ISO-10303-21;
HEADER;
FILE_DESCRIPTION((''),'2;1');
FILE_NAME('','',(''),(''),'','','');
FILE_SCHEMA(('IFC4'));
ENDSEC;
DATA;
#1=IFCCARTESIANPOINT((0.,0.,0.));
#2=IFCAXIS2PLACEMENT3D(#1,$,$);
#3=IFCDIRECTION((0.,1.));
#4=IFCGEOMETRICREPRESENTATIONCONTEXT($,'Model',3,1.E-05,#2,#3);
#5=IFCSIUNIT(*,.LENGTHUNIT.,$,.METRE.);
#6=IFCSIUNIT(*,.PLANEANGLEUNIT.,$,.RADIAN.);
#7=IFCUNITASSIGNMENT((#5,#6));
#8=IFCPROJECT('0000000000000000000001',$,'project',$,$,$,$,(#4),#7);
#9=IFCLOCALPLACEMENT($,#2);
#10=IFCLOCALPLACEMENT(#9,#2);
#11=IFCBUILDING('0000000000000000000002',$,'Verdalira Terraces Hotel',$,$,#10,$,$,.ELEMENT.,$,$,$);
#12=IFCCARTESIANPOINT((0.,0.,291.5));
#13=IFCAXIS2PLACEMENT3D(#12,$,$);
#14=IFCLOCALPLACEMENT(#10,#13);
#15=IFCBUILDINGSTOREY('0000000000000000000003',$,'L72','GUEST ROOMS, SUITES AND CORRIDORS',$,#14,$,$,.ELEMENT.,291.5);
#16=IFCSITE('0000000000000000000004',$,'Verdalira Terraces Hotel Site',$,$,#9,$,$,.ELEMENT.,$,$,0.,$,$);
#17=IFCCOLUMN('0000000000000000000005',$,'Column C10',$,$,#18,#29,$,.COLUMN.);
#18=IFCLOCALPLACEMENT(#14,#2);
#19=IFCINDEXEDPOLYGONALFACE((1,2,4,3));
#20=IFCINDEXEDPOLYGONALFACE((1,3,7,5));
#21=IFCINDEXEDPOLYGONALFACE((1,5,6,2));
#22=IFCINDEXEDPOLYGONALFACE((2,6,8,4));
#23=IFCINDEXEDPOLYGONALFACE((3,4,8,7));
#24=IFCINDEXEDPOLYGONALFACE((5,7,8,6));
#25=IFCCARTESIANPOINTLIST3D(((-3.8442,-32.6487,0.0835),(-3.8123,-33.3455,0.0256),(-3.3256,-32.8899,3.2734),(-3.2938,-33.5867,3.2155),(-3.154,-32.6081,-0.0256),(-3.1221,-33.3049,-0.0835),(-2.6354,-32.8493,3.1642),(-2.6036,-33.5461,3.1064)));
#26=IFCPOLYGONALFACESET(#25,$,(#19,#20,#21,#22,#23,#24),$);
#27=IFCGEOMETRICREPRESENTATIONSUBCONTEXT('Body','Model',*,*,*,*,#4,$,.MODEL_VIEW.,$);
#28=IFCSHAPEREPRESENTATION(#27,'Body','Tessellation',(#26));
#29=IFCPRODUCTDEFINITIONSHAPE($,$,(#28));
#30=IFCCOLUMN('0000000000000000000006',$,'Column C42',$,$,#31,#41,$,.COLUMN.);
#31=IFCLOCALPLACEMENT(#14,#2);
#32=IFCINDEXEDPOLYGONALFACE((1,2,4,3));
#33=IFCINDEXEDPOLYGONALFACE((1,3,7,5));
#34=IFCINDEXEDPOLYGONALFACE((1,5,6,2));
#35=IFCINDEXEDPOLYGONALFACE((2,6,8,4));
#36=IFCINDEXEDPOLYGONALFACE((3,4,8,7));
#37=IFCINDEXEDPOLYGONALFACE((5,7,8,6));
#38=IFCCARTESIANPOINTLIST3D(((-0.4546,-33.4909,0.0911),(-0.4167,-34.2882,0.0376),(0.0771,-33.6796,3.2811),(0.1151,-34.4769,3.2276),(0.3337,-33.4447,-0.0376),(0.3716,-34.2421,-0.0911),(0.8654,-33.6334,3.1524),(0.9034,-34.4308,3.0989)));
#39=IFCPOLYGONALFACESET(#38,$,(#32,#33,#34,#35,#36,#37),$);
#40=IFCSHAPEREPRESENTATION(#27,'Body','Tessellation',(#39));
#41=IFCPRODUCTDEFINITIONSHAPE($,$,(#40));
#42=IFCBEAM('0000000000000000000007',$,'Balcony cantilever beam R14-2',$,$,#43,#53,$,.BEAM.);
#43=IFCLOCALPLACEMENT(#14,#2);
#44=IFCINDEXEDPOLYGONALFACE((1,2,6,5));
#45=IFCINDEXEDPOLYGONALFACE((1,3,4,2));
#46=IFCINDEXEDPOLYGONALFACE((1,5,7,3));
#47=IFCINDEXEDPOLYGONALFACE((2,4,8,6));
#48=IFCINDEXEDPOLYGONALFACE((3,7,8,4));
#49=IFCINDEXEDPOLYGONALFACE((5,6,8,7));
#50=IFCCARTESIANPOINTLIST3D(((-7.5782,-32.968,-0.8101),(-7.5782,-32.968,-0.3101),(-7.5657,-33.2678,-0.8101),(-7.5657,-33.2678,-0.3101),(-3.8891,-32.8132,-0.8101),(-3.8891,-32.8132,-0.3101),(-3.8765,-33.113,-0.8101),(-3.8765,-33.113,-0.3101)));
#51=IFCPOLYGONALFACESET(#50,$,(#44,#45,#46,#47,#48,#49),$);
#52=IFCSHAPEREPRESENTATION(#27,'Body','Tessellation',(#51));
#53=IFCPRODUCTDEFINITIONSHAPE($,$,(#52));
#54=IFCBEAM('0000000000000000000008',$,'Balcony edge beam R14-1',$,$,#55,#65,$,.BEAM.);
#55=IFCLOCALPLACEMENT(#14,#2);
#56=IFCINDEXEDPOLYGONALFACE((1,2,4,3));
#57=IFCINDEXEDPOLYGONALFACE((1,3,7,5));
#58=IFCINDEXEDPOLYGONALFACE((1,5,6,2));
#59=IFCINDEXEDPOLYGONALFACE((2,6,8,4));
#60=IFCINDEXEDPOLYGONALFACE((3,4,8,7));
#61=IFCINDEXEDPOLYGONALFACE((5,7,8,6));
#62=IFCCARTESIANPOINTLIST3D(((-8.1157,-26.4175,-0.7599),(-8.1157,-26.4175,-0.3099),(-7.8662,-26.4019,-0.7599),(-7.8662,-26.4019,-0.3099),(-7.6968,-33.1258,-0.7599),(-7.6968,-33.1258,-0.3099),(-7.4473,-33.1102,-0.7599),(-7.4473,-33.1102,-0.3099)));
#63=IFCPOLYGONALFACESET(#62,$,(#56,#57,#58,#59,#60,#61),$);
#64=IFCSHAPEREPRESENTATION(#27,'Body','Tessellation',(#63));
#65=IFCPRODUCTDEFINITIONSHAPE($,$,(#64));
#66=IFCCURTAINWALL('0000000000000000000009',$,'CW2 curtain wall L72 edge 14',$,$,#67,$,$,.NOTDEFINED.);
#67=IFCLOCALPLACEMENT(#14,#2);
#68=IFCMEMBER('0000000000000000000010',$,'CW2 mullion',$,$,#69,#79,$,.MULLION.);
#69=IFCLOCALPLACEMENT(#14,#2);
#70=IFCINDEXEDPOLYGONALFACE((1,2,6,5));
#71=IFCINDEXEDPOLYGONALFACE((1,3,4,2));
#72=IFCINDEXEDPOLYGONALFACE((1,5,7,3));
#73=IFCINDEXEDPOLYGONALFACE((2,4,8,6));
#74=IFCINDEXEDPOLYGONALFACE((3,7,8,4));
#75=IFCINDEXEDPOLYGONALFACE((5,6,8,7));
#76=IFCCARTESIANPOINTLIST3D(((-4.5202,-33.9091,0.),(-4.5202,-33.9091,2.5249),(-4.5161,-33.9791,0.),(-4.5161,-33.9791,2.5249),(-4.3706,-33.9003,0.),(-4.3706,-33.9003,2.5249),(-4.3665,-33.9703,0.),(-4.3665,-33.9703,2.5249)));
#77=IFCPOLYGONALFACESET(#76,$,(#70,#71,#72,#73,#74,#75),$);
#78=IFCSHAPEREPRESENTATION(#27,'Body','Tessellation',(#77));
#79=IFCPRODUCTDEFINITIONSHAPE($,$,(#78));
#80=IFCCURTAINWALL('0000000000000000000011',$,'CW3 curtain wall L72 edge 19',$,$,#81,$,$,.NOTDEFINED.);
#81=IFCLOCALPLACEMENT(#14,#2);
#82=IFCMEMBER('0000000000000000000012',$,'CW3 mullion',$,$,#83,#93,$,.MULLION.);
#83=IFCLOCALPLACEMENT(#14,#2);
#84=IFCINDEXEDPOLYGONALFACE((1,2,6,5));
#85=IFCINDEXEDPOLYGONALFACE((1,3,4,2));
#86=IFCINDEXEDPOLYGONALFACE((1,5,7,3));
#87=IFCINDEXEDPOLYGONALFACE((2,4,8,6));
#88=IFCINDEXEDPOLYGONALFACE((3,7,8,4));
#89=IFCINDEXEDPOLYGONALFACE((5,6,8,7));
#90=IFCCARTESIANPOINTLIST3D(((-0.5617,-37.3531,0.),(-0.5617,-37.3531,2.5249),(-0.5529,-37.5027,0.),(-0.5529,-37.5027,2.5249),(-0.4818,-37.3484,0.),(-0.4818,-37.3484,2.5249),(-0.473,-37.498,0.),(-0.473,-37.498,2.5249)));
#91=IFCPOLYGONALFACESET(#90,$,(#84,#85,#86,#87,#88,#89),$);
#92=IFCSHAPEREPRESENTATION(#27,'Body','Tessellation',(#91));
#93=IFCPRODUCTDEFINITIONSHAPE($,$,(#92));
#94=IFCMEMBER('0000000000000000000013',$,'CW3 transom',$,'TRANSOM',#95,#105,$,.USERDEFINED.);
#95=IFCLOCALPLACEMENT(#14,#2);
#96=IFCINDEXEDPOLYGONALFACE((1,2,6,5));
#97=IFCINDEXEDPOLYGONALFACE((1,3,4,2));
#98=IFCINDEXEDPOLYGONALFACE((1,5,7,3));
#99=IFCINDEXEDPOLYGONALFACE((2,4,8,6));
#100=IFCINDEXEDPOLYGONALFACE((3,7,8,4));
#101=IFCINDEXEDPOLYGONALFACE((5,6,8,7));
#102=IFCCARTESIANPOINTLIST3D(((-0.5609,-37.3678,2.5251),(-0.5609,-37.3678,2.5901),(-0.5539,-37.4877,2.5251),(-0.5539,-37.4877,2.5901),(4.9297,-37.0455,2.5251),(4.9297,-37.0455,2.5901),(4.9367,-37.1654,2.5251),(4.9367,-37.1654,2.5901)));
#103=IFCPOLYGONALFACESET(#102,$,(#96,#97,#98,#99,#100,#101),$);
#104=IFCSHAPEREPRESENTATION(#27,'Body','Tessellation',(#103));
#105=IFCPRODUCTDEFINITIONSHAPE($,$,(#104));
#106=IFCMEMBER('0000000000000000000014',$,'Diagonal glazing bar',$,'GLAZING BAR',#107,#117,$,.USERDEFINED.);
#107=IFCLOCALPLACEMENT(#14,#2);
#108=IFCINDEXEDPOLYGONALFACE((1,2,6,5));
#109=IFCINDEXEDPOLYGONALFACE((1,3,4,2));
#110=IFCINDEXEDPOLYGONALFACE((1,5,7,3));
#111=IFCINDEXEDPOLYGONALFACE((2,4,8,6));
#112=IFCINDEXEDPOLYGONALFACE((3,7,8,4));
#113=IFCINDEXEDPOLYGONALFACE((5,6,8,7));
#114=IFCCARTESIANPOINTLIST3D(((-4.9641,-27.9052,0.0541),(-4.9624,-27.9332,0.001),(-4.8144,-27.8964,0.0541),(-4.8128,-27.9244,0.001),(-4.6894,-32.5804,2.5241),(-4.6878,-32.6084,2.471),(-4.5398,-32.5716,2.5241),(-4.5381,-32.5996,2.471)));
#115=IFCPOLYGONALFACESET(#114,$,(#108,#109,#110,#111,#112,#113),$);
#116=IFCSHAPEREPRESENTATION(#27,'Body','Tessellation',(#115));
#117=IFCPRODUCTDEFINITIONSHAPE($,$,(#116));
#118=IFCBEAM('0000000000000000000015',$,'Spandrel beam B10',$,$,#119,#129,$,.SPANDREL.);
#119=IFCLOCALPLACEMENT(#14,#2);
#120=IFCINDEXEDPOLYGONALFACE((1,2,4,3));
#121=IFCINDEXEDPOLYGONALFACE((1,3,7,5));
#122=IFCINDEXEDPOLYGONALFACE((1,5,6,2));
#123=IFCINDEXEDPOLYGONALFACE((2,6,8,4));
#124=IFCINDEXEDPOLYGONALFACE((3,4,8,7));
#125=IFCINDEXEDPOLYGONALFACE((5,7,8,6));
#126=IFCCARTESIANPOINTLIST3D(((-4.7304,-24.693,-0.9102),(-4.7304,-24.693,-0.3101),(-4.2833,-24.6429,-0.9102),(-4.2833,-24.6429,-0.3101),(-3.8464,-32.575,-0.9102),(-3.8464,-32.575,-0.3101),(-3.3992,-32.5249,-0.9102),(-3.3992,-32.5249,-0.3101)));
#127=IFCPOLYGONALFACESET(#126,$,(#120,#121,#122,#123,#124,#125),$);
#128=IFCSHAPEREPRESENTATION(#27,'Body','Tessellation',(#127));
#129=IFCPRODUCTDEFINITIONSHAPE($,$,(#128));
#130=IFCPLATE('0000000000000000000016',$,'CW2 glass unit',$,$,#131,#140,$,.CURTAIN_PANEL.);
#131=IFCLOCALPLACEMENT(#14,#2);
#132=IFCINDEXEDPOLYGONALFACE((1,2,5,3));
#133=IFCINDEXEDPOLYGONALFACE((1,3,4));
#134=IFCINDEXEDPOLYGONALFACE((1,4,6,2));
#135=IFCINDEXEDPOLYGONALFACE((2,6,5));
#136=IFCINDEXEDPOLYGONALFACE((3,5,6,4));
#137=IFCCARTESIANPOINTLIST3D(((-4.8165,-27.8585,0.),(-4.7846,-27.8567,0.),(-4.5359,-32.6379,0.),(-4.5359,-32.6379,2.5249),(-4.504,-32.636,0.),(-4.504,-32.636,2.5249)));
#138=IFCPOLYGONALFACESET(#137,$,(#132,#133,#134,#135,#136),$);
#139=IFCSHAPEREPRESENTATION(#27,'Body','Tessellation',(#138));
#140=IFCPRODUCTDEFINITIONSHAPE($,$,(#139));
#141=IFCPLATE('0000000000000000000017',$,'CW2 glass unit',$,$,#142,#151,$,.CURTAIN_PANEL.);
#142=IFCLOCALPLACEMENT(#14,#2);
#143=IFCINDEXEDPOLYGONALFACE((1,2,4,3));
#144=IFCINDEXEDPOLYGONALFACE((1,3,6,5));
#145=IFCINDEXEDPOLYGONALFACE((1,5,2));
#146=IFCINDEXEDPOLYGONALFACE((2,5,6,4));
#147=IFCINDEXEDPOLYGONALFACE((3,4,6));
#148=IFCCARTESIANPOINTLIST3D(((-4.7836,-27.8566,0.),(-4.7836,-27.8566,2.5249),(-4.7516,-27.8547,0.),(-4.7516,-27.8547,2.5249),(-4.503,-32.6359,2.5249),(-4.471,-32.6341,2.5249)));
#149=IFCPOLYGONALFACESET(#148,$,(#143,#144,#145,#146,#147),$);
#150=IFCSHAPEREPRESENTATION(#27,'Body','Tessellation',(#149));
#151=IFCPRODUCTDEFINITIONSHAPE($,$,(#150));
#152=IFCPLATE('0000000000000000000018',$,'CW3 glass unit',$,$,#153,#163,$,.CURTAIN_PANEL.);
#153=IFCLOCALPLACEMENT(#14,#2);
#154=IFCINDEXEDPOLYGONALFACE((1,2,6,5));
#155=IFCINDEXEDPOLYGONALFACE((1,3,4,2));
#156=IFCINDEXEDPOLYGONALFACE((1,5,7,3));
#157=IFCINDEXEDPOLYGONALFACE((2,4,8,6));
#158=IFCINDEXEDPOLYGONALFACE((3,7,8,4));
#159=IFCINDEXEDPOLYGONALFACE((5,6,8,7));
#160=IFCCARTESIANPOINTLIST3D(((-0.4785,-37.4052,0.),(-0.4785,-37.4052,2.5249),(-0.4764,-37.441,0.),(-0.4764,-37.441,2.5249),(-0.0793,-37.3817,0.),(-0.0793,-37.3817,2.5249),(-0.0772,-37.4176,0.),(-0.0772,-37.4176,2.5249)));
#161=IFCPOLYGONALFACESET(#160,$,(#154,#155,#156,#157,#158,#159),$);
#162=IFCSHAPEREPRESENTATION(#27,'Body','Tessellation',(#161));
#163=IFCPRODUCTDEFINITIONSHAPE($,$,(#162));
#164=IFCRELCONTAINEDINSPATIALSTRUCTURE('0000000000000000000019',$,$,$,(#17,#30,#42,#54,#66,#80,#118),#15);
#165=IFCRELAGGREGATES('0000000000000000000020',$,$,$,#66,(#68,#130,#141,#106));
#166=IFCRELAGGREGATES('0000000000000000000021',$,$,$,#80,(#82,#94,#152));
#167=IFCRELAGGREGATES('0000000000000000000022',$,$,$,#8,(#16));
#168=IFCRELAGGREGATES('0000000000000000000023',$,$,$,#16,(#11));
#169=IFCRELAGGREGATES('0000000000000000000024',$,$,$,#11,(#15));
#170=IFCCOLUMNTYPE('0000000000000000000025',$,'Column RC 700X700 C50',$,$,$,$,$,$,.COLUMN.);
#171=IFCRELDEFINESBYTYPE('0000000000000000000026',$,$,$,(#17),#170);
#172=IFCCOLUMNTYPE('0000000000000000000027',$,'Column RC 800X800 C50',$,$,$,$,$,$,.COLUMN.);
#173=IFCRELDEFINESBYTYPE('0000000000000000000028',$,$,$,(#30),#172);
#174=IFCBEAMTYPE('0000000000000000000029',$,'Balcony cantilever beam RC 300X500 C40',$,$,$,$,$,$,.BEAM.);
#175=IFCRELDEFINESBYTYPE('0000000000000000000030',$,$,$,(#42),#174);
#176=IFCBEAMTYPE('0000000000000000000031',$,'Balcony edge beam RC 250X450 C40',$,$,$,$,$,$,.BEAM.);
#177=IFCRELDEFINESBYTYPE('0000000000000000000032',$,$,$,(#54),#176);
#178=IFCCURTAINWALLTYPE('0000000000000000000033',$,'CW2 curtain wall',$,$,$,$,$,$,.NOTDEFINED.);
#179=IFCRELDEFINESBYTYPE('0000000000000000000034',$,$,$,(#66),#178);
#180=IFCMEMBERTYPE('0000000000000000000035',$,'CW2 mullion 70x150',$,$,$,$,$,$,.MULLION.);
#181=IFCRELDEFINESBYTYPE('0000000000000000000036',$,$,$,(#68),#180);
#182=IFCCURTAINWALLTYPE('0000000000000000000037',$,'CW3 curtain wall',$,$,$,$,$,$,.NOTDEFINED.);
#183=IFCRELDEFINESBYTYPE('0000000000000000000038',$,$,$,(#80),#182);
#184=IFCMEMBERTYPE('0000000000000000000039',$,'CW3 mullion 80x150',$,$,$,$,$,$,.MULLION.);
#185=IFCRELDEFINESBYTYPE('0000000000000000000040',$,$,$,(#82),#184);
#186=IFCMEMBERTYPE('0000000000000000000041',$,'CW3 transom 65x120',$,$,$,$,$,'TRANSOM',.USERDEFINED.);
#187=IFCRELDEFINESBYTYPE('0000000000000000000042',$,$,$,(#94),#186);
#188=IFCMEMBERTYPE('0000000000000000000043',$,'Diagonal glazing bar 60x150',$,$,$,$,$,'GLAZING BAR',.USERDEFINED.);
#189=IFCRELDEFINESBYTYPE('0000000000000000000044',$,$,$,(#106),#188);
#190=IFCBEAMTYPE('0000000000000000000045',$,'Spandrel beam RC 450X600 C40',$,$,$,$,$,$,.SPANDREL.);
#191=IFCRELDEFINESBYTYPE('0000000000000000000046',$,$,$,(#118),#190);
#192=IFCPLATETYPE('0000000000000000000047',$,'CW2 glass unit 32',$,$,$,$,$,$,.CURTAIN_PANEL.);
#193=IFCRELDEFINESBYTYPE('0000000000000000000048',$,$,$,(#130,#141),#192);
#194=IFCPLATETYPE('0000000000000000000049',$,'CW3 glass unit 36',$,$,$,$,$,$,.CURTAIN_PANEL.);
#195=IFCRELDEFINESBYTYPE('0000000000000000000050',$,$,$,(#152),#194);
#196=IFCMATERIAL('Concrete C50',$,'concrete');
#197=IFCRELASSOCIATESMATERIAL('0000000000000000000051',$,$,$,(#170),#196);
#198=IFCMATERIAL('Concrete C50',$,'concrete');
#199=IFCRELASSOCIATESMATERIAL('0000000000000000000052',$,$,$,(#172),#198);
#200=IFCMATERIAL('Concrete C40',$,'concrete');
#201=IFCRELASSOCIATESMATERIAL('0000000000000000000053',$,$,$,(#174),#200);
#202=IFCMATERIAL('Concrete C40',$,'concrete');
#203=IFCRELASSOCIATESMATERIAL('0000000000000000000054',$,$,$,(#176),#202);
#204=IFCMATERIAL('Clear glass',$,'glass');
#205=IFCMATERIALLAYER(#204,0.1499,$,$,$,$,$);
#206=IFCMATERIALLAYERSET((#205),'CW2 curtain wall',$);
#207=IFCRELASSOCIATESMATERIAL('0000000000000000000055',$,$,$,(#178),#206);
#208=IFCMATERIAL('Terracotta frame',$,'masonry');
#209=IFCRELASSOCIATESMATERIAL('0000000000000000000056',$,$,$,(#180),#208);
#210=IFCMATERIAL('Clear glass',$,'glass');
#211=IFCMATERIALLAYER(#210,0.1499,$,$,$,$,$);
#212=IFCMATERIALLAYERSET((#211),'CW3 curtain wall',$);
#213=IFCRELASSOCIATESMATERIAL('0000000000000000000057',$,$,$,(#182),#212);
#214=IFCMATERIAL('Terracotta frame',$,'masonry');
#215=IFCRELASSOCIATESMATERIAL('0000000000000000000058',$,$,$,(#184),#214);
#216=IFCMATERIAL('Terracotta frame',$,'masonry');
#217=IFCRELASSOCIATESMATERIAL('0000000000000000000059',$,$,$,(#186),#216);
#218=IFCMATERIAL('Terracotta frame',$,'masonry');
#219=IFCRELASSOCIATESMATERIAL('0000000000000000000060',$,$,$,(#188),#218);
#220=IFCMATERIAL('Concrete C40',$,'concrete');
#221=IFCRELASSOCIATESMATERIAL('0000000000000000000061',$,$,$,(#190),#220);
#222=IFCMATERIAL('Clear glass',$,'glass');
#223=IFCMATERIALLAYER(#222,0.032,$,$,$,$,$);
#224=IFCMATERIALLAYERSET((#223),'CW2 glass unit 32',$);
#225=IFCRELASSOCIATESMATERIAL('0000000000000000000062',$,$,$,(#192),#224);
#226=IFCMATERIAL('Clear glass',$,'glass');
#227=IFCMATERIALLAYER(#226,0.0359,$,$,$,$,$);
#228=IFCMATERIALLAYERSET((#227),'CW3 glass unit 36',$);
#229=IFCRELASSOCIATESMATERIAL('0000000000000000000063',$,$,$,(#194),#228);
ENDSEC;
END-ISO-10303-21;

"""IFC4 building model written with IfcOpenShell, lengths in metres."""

from ifc_helpers import new_model, si_unit, direction, frame, origin, origin_2d, place, context, subcontext, project, spatial, polyline, rectangle, outline, extrude, material, layer, layer_set, material_profile, profile_set, type_object, element, aggregate, save


model = new_model("IFC4")

# Units and contexts
model_context = context("Model", 3, precision=1e-05, world=origin(), true_north=direction((0.0, 1.0)))
body_context = subcontext(model_context, "Body", "Model", "MODEL_VIEW")
ifc_project = project(units=[si_unit("LENGTHUNIT", "METRE"), si_unit("PLANEANGLEUNIT", "RADIAN")], contexts=[model_context])

# Site, building, storey
site_placement = place(None, origin())
site = spatial("IfcSite", under=ifc_project, at=site_placement, Name="Verdalira Terraces Hotel Site", CompositionType="ELEMENT", RefElevation=0.0)
building_placement = place(site_placement, origin())
building = spatial("IfcBuilding", under=site, at=building_placement, Name="Verdalira Terraces Hotel", CompositionType="ELEMENT")
storey_placement = place(building_placement, frame((0.0, 0.0, 291.5)))
storey = spatial("IfcBuildingStorey", under=building, at=storey_placement, Name="L72", Description="GUEST ROOMS, SUITES AND CORRIDORS", CompositionType="ELEMENT", Elevation=291.5)

# Columns
ifc_material_1 = material(Name="Concrete C50", Category="concrete")
ifc_material_profile_1 = material_profile(ifc_material_1, rectangle(XDim=0.7, YDim=0.7, at=origin_2d()), Name="RC 700X700")
ifc_profile_set_1 = profile_set([ifc_material_profile_1], Name="Concrete C50")
column_type_1 = type_object("IfcColumnType", Name="Column RC 700X700 C50", PredefinedType="COLUMN", material=ifc_profile_set_1)
column_1_placement = place(storey_placement, frame((-3.4832, -32.9768, 0.0), z_axis=(0.160008, -0.074429, 0.984306), x_axis=(0.045494, -0.995538, -0.082674)))
element("IfcColumn", 1, at=column_1_placement, inside=storey, type_object=column_type_1, Name="Column C10", PredefinedType="COLUMN", context=body_context, shape_type="SweptSolid", body=[
    extrude(rectangle(XDim=0.7, YDim=0.7, at=origin_2d()), origin(), (0.0, 0.0, 1.0), 3.2407),
])
ifc_material_2 = material(Name="Concrete C50", Category="concrete")
ifc_material_profile_2 = material_profile(ifc_material_2, rectangle(XDim=0.8, YDim=0.8, at=origin_2d()), Name="RC 800X800")
ifc_profile_set_2 = profile_set([ifc_material_profile_2], Name="Concrete C50")
column_type_2 = type_object("IfcColumnType", Name="Column RC 800X800 C50", PredefinedType="COLUMN", material=ifc_profile_set_2)
column_2_placement = place(storey_placement, frame((-0.0415, -33.8665, 0.0), z_axis=(0.164144, -0.058257, 0.984715), x_axis=(0.047441, -0.996633, -0.06687)))
element("IfcColumn", 2, at=column_2_placement, inside=storey, type_object=column_type_2, Name="Column C42", PredefinedType="COLUMN", context=body_context, shape_type="SweptSolid", body=[
    extrude(rectangle(XDim=0.8, YDim=0.8, at=origin_2d()), origin(), (0.0, 0.0, 1.0), 3.2395),
])

# Beams
ifc_material_3 = material(Name="Concrete C40", Category="concrete")
ifc_material_profile_3 = material_profile(ifc_material_3, rectangle(XDim=0.3, YDim=0.5, at=origin_2d()), Name="RC 300X500")
ifc_profile_set_3 = profile_set([ifc_material_profile_3], Name="Concrete C40")
beam_type_1 = type_object("IfcBeamType", Name="Balcony cantilever beam RC 300X500 C40", PredefinedType="BEAM", material=ifc_profile_set_3)
beam_1_placement = place(storey_placement, frame((-3.8828, -32.9631, -0.5601), z_axis=(-0.999121, -0.041919, 0.0), x_axis=(0.041919, -0.999121, 0.0)))
element("IfcBeam", 3, at=beam_1_placement, inside=storey, type_object=beam_type_1, Name="Balcony cantilever beam R14-2", PredefinedType="BEAM", context=body_context, shape_type="SweptSolid", body=[
    extrude(rectangle(XDim=0.3, YDim=0.5, at=origin_2d()), origin(), (0.0, 0.0, 1.0), 3.6924),
])
ifc_material_4 = material(Name="Concrete C40", Category="concrete")
ifc_material_profile_4 = material_profile(ifc_material_4, rectangle(XDim=0.25, YDim=0.45, at=origin_2d()), Name="RC 250X450")
ifc_profile_set_4 = profile_set([ifc_material_profile_4], Name="Concrete C40")
beam_type_2 = type_object("IfcBeamType", Name="Balcony edge beam RC 250X450 C40", PredefinedType="BEAM", material=ifc_profile_set_4)
beam_2_placement = place(storey_placement, frame((-7.991, -26.4097, -0.5349), z_axis=(0.062331, -0.998056, 0.0), x_axis=(0.998056, 0.062331, 0.0)))
element("IfcBeam", 4, at=beam_2_placement, inside=storey, type_object=beam_type_2, Name="Balcony edge beam R14-1", PredefinedType="BEAM", context=body_context, shape_type="SweptSolid", body=[
    extrude(rectangle(XDim=0.25, YDim=0.45, at=origin_2d()), origin(), (0.0, 0.0, 1.0), 6.7214),
])

# Curtain wall, member
ifc_material_5 = material(Name="Clear glass", Category="glass")
ifc_layer_1 = layer(ifc_material_5, 0.1499)
ifc_layer_set_1 = layer_set([ifc_layer_1], Name="CW2 curtain wall")
curtain_wall_type_1 = type_object("IfcCurtainWallType", Name="CW2 curtain wall", PredefinedType="NOTDEFINED", material=ifc_layer_set_1)
curtain_wall_1_placement = place(storey_placement, origin())
curtain_wall_1 = element("IfcCurtainWall", 5, at=curtain_wall_1_placement, inside=storey, type_object=curtain_wall_type_1, Name="CW2 curtain wall L72 edge 14", PredefinedType="NOTDEFINED")
ifc_material_6 = material(Name="Terracotta frame", Category="masonry")
ifc_material_profile_5 = material_profile(ifc_material_6, rectangle(XDim=0.0701, YDim=0.1499, at=origin_2d()), Name="MU 70x150")
ifc_profile_set_5 = profile_set([ifc_material_profile_5], Name="Terracotta frame")
member_type_1 = type_object("IfcMemberType", Name="CW2 mullion 70x150", PredefinedType="MULLION", material=ifc_profile_set_5)
member_1_placement = place(storey_placement, frame((-4.4434, -33.9397, 0.0), z_axis=(0.0, 0.0, 1.0), x_axis=(0.058609, -0.998281, 0.0)))
member_1 = element("IfcMember", 6, at=member_1_placement, type_object=member_type_1, Name="CW2 mullion", PredefinedType="MULLION", context=body_context, shape_type="SweptSolid", body=[
    extrude(rectangle(XDim=0.0701, YDim=0.1499, at=origin_2d()), origin(), (0.0, 0.0, 1.0), 2.5249),
])

# Curtain wall, members
ifc_material_7 = material(Name="Clear glass", Category="glass")
ifc_layer_2 = layer(ifc_material_7, 0.1499)
ifc_layer_set_2 = layer_set([ifc_layer_2], Name="CW3 curtain wall")
curtain_wall_type_2 = type_object("IfcCurtainWallType", Name="CW3 curtain wall", PredefinedType="NOTDEFINED", material=ifc_layer_set_2)
curtain_wall_2_placement = place(storey_placement, origin())
curtain_wall_2 = element("IfcCurtainWall", 7, at=curtain_wall_2_placement, inside=storey, type_object=curtain_wall_type_2, Name="CW3 curtain wall L72 edge 19", PredefinedType="NOTDEFINED")
ifc_material_8 = material(Name="Terracotta frame", Category="masonry")
ifc_material_profile_6 = material_profile(ifc_material_8, rectangle(XDim=0.0801, YDim=0.1499, at=origin_2d()), Name="MU 80x150")
ifc_profile_set_6 = profile_set([ifc_material_profile_6], Name="Terracotta frame")
member_type_2 = type_object("IfcMemberType", Name="CW3 mullion 80x150", PredefinedType="MULLION", material=ifc_profile_set_6)
member_2_placement = place(storey_placement, frame((-0.5173, -37.4255, 0.0), z_axis=(0.0, 0.0, 1.0), x_axis=(0.998281, 0.058609, 0.0)))
member_2 = element("IfcMember", 8, at=member_2_placement, type_object=member_type_2, Name="CW3 mullion", PredefinedType="MULLION", context=body_context, shape_type="SweptSolid", body=[
    extrude(rectangle(XDim=0.0801, YDim=0.1499, at=origin_2d()), origin(), (0.0, 0.0, 1.0), 2.5249),
])
ifc_material_9 = material(Name="Terracotta frame", Category="masonry")
ifc_material_profile_7 = material_profile(ifc_material_9, rectangle(XDim=0.1201, YDim=0.0649, at=origin_2d()), Name="TR 65x120")
ifc_profile_set_7 = profile_set([ifc_material_profile_7], Name="Terracotta frame")
member_type_3 = type_object("IfcMemberType", Name="CW3 transom 65x120", ElementType="TRANSOM", PredefinedType="USERDEFINED", material=ifc_profile_set_7)
member_3_placement = place(storey_placement, frame((-0.5574, -37.4277, 2.5576), z_axis=(0.998282, 0.058595, 0.0), x_axis=(-0.058595, 0.998282, 0.0)))
member_3 = element("IfcMember", 9, at=member_3_placement, type_object=member_type_3, Name="CW3 transom", ObjectType="TRANSOM", PredefinedType="USERDEFINED", context=body_context, shape_type="SweptSolid", body=[
    extrude(rectangle(XDim=0.1201, YDim=0.0649, at=origin_2d()), origin(), (0.0, 0.0, 1.0), 5.5),
])

# Member
ifc_material_10 = material(Name="Terracotta frame", Category="masonry")
ifc_material_profile_8 = material_profile(ifc_material_10, rectangle(XDim=0.1499, YDim=0.0601, at=origin_2d()), Name="GB 60x150")
ifc_profile_set_8 = profile_set([ifc_material_profile_8], Name="Terracotta frame")
member_type_4 = type_object("IfcMemberType", Name="Diagonal glazing bar 60x150", ElementType="GLAZING BAR", PredefinedType="USERDEFINED", material=ifc_profile_set_8)
member_4_placement = place(storey_placement, frame((-4.8884, -27.9148, 0.0276), z_axis=(0.051874, -0.883003, 0.466493), x_axis=(0.998279, 0.058646, 0.0)))
member_4 = element("IfcMember", 10, at=member_4_placement, type_object=member_type_4, Name="Diagonal glazing bar", ObjectType="GLAZING BAR", PredefinedType="USERDEFINED", context=body_context, shape_type="SweptSolid", body=[
    extrude(rectangle(XDim=0.1499, YDim=0.0601, at=origin_2d()), origin(), (0.0, 0.0, 1.0), 5.2947),
])

# Beam
ifc_material_11 = material(Name="Concrete C40", Category="concrete")
ifc_material_profile_9 = material_profile(ifc_material_11, rectangle(XDim=0.45, YDim=0.6001, at=origin_2d()), Name="RC 450X600")
ifc_profile_set_9 = profile_set([ifc_material_profile_9], Name="Concrete C40")
beam_type_3 = type_object("IfcBeamType", Name="Spandrel beam RC 450X600 C40", PredefinedType="SPANDREL", material=ifc_profile_set_9)
beam_3_placement = place(storey_placement, frame((-4.5068, -24.668, -0.6101), z_axis=(0.111459, -0.993769, 0.0), x_axis=(0.993769, 0.111459, 0.0)))
element("IfcBeam", 11, at=beam_3_placement, inside=storey, type_object=beam_type_3, Name="Spandrel beam B10", PredefinedType="SPANDREL", context=body_context, shape_type="SweptSolid", body=[
    extrude(rectangle(XDim=0.45, YDim=0.6001, at=origin_2d()), origin(), (0.0, 0.0, 1.0), 7.9314),
])

# Plates
ifc_material_12 = material(Name="Clear glass", Category="glass")
ifc_layer_3 = layer(ifc_material_12, 0.032)
ifc_layer_set_3 = layer_set([ifc_layer_3], Name="CW2 glass unit 32")
plate_type_1 = type_object("IfcPlateType", Name="CW2 glass unit 32", PredefinedType="CURTAIN_PANEL", material=ifc_layer_set_3)
plate_1_placement = place(storey_placement, frame((-4.6443, -30.2463, 1.2625), z_axis=(-0.998281, -0.058609, 0.0), x_axis=(0.058609, -0.998281, 0.0)))
plate_1 = element("IfcPlate", 12, at=plate_1_placement, type_object=plate_type_1, Name="CW2 glass unit", PredefinedType="CURTAIN_PANEL", context=body_context, shape_type="SweptSolid", body=[
    extrude(outline(polyline([(-2.3938, -1.2625), (2.3938, -1.2625), (2.3938, 1.2625), (-2.3938, -1.2625)])), origin(), (0.0, 0.0, 1.0), 0.032),
])
plate_2_placement = place(storey_placement, frame((-4.6113, -30.2444, 1.2625), z_axis=(-0.998281, -0.058609, 0.0), x_axis=(0.058609, -0.998281, 0.0)))
plate_2 = element("IfcPlate", 13, at=plate_2_placement, type_object=plate_type_1, Name="CW2 glass unit", PredefinedType="CURTAIN_PANEL", context=body_context, shape_type="SweptSolid", body=[
    extrude(outline(polyline([(-2.3938, -1.2625), (2.3938, 1.2625), (-2.3938, 1.2625), (-2.3938, -1.2625)])), origin(), (0.0, 0.0, 1.0), 0.032),
])
aggregate(curtain_wall_1, [member_1, plate_1, plate_2, member_4])
ifc_material_13 = material(Name="Clear glass", Category="glass")
ifc_layer_4 = layer(ifc_material_13, 0.0359)
ifc_layer_set_4 = layer_set([ifc_layer_4], Name="CW3 glass unit 36")
plate_type_2 = type_object("IfcPlateType", Name="CW3 glass unit 36", PredefinedType="CURTAIN_PANEL", material=ifc_layer_set_4)
plate_3_placement = place(storey_placement, frame((-0.2778, -37.4114, 0.0), z_axis=(0.0, 0.0, 1.0), x_axis=(0.998281, 0.058609, 0.0)))
plate_3 = element("IfcPlate", 14, at=plate_3_placement, type_object=plate_type_2, Name="CW3 glass unit", PredefinedType="CURTAIN_PANEL", context=body_context, shape_type="SweptSolid", body=[
    extrude(rectangle(XDim=0.3999, YDim=0.0359, at=origin_2d()), origin(), (0.0, 0.0, 1.0), 2.5249),
])
aggregate(curtain_wall_2, [member_2, member_3, plate_3])

save(model, "model.ifc")
